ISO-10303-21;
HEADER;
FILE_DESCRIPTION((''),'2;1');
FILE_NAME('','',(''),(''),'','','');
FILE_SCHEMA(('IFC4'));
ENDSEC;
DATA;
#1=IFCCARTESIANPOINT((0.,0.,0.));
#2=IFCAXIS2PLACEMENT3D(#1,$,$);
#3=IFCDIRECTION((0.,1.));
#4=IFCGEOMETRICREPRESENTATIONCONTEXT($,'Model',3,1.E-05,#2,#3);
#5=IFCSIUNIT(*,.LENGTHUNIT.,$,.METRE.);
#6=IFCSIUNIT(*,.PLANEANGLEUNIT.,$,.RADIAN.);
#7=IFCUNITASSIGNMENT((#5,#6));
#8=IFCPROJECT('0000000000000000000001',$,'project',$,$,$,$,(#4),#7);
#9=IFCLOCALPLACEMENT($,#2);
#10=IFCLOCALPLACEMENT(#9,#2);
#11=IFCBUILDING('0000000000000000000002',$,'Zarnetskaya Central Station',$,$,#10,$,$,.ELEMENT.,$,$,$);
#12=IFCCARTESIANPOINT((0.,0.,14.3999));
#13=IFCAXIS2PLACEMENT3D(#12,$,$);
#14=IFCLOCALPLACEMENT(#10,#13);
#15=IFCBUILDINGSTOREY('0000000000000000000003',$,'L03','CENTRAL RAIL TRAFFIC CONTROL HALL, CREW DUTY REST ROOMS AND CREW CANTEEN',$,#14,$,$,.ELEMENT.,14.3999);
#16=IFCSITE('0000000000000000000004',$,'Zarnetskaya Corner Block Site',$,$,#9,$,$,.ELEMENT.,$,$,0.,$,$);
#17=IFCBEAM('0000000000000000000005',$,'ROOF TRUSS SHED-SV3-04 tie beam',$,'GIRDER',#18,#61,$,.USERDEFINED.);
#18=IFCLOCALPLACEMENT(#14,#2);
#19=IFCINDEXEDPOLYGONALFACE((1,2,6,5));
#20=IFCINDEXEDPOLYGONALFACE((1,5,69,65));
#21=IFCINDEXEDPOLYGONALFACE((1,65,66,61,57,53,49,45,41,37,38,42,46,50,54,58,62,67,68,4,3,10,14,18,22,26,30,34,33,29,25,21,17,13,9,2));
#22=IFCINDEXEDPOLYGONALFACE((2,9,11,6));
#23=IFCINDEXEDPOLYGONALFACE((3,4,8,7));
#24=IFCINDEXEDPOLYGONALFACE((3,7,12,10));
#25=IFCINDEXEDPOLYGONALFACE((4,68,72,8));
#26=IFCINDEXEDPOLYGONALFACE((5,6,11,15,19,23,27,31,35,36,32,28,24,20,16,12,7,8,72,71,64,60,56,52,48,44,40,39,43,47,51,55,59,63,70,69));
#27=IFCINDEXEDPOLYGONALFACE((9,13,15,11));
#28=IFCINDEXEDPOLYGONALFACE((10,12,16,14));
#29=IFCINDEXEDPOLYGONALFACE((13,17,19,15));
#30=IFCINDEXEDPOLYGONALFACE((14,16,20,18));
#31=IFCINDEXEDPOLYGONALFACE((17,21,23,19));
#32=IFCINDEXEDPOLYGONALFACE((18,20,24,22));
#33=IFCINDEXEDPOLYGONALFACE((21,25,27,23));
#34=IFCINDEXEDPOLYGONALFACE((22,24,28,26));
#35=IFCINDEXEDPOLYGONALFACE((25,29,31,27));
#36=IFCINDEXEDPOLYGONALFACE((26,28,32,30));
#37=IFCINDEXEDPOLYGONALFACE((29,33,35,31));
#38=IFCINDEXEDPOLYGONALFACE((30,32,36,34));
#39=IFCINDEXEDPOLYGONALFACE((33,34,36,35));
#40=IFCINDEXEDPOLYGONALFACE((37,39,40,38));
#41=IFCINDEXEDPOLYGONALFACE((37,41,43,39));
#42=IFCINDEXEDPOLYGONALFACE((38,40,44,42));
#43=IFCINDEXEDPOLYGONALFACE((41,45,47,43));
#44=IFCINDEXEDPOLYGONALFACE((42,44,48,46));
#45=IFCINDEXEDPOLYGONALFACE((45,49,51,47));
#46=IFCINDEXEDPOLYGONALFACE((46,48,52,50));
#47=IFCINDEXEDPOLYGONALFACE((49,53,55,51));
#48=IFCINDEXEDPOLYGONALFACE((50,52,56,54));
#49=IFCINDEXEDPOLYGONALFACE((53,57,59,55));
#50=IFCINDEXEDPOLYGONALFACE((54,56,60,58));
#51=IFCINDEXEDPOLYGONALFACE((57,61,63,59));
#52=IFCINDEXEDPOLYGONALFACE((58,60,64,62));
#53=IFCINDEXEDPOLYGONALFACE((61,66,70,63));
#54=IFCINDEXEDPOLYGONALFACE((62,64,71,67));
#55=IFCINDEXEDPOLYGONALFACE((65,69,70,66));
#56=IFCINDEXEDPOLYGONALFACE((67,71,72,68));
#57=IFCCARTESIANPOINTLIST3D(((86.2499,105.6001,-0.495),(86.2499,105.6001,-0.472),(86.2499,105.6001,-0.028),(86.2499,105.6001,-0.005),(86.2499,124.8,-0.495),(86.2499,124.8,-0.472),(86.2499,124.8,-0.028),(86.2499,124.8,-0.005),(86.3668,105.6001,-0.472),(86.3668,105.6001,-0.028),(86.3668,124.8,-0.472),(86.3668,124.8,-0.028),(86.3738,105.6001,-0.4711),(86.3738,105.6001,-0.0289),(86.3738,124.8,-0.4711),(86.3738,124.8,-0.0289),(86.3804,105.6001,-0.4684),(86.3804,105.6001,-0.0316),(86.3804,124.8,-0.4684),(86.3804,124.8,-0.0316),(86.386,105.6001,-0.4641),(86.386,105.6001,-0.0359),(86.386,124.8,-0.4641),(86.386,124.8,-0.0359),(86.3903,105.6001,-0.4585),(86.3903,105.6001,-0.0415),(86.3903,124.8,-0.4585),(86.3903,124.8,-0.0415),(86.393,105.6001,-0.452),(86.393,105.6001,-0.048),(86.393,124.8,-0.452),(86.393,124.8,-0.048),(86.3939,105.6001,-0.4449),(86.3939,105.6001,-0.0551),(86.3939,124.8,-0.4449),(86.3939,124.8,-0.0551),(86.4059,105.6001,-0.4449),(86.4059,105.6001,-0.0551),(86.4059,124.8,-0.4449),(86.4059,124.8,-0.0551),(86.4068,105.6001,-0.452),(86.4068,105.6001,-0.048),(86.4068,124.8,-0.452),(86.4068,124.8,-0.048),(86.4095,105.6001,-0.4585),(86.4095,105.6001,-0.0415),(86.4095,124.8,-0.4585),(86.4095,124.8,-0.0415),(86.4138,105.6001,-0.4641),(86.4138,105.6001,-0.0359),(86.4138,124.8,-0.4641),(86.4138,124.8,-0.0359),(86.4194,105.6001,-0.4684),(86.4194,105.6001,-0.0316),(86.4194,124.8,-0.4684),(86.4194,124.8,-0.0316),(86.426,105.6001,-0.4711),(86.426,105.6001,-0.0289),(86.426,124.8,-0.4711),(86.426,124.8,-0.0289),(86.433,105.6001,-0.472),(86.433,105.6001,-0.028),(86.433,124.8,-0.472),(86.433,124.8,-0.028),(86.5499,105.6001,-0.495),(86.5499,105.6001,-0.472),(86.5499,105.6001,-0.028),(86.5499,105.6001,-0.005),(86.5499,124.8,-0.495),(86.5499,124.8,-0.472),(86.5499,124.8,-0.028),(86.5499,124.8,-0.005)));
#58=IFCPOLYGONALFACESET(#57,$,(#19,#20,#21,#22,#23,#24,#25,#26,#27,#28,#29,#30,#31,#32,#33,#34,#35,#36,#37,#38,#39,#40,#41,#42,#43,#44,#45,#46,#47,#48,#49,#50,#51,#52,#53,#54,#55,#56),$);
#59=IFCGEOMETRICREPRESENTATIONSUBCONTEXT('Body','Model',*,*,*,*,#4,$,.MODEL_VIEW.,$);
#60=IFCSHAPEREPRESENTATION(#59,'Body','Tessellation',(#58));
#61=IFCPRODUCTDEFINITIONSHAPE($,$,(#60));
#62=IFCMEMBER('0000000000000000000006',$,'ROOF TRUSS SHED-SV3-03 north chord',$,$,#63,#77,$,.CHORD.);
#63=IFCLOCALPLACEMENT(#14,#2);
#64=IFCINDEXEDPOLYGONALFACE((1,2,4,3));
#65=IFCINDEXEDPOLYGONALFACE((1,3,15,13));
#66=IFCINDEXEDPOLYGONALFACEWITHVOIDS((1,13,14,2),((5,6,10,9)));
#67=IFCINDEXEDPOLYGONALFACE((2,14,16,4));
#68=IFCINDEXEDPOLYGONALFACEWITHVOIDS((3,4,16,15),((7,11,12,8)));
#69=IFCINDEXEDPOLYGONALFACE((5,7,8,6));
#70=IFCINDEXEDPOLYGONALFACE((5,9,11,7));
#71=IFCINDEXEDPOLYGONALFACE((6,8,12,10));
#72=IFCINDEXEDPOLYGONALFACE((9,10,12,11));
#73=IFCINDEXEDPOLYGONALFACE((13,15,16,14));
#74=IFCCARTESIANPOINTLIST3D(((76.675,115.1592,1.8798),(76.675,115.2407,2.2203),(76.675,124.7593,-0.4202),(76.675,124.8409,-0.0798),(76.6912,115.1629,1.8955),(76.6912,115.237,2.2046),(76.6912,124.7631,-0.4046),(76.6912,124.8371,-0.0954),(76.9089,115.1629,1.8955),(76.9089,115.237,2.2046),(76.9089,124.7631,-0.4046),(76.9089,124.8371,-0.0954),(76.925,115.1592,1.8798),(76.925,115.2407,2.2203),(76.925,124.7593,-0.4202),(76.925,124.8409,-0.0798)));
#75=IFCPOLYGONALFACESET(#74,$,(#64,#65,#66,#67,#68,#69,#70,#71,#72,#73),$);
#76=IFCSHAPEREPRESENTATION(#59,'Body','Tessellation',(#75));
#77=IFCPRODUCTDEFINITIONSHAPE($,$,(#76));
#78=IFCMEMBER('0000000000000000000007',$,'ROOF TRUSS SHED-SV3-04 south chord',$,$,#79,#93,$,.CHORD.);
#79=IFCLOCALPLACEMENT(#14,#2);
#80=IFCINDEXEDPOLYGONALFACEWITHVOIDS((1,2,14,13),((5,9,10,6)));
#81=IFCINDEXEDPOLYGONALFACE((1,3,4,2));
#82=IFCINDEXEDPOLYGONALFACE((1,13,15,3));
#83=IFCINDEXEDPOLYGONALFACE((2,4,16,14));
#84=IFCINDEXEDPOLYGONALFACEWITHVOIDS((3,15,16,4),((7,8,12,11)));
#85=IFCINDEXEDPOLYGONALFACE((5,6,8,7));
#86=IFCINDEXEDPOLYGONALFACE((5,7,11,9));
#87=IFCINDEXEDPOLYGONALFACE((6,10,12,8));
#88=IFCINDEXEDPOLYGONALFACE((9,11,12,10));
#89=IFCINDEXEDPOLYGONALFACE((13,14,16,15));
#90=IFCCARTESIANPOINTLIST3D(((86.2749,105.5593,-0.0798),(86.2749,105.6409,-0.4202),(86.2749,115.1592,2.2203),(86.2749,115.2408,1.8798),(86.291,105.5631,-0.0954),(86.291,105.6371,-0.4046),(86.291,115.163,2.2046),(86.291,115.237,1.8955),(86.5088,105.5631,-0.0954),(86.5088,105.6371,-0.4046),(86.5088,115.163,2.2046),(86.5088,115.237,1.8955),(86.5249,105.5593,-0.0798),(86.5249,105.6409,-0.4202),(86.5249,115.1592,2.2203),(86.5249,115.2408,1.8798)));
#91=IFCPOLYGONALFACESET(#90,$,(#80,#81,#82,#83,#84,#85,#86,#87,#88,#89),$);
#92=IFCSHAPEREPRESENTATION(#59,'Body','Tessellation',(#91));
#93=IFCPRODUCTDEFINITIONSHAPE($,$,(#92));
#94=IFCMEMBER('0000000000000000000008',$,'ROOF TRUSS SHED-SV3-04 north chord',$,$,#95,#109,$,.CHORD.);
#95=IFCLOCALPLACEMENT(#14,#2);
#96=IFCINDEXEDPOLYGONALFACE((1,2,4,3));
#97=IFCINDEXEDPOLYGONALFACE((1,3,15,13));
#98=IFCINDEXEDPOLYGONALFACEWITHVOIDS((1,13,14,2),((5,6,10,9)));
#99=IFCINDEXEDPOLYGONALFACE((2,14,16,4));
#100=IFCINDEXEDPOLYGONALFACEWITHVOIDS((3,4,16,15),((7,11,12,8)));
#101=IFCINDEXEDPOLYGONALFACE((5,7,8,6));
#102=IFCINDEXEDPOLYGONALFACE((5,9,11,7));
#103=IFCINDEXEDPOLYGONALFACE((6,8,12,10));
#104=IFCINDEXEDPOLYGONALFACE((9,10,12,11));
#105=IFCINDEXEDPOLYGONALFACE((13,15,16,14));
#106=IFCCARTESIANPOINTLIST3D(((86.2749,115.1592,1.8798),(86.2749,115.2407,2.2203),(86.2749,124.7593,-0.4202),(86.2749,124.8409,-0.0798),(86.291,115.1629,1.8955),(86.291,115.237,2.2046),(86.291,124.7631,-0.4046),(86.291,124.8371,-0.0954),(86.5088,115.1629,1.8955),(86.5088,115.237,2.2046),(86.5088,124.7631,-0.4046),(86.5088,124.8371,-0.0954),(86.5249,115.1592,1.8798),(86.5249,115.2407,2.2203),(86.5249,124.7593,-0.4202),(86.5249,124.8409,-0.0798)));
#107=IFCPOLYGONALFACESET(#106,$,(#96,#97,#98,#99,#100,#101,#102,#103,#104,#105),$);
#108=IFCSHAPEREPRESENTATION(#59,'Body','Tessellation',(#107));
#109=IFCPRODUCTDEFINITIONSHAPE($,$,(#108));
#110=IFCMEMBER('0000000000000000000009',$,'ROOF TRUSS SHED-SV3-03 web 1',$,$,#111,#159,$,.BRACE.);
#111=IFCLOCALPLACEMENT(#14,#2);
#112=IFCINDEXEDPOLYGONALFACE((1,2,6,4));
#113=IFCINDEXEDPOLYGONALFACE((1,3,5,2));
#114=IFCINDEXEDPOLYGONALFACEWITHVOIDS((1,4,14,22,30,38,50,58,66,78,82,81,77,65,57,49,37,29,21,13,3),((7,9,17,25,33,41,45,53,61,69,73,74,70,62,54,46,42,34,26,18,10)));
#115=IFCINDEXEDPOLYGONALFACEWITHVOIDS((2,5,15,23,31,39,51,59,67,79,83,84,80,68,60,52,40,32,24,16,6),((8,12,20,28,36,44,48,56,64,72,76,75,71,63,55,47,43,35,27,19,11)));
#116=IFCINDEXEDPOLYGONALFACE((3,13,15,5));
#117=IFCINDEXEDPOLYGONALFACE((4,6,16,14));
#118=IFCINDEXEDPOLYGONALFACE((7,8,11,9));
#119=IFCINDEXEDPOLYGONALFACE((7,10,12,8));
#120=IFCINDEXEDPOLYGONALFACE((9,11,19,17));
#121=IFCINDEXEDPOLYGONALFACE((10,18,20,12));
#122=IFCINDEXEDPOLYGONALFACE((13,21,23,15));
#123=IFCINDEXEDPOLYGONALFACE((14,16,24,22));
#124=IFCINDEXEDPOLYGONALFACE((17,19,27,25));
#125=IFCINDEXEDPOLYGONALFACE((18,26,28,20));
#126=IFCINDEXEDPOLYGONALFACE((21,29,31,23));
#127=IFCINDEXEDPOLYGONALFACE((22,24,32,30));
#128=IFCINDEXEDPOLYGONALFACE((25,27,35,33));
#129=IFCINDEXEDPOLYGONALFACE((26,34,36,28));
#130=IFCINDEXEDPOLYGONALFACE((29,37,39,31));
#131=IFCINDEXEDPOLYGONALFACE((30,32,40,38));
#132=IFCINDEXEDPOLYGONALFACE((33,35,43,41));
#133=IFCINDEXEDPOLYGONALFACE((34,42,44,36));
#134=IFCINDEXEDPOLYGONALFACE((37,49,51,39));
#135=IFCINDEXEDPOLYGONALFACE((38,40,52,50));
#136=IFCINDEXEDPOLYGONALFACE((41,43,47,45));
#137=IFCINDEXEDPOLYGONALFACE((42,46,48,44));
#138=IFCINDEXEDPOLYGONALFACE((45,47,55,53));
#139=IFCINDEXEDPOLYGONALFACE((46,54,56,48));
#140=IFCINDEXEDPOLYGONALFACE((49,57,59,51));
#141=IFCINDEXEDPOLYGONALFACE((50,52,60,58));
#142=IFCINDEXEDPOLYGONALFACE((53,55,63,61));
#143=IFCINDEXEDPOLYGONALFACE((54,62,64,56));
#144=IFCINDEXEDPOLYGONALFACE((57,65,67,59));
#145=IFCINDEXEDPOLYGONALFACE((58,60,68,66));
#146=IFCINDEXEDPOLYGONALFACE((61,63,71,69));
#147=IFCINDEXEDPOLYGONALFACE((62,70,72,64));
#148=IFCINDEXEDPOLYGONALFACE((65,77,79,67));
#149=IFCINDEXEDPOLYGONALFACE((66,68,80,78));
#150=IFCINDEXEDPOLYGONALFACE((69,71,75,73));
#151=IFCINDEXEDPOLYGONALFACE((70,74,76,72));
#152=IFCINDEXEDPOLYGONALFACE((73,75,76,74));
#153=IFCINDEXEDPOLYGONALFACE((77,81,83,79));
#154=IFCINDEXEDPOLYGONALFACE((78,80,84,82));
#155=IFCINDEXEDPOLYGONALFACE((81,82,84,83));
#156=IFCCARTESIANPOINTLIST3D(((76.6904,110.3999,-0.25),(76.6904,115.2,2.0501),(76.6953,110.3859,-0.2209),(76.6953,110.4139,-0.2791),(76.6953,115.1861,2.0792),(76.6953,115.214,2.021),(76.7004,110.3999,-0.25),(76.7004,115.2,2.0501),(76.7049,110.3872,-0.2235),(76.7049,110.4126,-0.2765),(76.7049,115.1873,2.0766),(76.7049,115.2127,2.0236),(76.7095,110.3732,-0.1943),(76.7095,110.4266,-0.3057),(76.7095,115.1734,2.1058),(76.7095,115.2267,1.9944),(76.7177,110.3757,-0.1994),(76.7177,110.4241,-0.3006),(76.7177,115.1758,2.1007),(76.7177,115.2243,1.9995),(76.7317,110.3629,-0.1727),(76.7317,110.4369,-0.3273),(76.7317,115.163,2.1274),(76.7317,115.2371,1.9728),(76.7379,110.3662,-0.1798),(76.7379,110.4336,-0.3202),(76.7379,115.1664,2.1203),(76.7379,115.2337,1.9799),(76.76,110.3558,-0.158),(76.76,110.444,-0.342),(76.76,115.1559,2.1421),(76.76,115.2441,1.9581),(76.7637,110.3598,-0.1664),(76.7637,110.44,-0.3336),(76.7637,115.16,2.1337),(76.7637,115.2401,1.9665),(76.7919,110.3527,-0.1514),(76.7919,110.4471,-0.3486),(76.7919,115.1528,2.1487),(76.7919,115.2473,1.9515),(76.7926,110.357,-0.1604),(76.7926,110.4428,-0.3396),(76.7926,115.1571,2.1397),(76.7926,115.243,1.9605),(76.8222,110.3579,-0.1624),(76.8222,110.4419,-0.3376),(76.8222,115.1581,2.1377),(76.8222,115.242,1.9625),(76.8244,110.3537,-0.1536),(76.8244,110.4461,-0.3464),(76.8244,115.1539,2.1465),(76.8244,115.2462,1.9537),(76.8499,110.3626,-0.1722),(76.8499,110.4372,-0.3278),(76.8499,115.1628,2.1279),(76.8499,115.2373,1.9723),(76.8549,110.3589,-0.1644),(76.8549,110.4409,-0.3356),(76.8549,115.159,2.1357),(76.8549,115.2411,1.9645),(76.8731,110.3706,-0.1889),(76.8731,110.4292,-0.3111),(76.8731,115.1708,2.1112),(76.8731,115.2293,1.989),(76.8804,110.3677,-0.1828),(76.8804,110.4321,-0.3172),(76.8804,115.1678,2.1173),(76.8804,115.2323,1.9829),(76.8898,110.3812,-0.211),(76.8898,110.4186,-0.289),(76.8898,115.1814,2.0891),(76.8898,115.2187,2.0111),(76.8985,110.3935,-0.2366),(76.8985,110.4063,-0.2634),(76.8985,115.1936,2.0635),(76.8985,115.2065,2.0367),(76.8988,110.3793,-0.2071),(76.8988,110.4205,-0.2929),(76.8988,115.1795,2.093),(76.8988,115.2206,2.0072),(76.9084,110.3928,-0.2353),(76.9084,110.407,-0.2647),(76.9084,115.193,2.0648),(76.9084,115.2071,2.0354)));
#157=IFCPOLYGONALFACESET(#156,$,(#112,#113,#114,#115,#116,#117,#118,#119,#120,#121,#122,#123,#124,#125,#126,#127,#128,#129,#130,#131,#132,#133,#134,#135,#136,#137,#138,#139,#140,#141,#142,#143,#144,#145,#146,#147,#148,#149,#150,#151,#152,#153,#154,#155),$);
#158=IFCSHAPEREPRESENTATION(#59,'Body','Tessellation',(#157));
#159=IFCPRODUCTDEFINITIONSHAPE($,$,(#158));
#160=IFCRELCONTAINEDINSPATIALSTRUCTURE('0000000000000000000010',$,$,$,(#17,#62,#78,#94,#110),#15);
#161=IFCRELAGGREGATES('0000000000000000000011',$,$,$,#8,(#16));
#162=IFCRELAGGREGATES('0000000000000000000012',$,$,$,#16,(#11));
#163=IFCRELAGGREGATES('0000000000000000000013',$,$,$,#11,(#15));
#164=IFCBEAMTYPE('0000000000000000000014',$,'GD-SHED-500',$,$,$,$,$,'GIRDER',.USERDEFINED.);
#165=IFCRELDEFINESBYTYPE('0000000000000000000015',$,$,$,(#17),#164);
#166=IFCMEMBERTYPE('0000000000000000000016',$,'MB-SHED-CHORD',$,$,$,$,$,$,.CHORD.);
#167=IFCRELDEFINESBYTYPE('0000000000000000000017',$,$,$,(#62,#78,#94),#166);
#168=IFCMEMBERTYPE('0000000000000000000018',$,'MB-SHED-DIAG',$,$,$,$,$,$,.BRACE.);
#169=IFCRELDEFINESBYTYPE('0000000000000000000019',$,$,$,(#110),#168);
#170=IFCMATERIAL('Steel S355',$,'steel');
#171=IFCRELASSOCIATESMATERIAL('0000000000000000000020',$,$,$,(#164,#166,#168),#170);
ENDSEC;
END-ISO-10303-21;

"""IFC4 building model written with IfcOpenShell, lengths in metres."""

from ifc_helpers import new_model, si_unit, direction, frame, origin, origin_2d, place, context, subcontext, project, spatial, hollow_rectangle, hollow_circle, i_section, extrude, material, material_profile, profile_set, type_object, element, save


model = new_model("IFC4")

# Units and contexts
model_context = context("Model", 3, precision=1e-05, world=origin(), true_north=direction((0.0, 1.0)))
body_context = subcontext(model_context, "Body", "Model", "MODEL_VIEW")
ifc_project = project(units=[si_unit("LENGTHUNIT", "METRE"), si_unit("PLANEANGLEUNIT", "RADIAN")], contexts=[model_context])

# Site, building, storey
site_placement = place(None, origin())
site = spatial("IfcSite", under=ifc_project, at=site_placement, Name="Zarnetskaya Corner Block Site", CompositionType="ELEMENT", RefElevation=0.0)
building_placement = place(site_placement, origin())
building = spatial("IfcBuilding", under=site, at=building_placement, Name="Zarnetskaya Central Station", CompositionType="ELEMENT")
storey_placement = place(building_placement, frame((0.0, 0.0, 14.3999)))
storey = spatial("IfcBuildingStorey", under=building, at=storey_placement, Name="L03", Description="CENTRAL RAIL TRAFFIC CONTROL HALL, CREW DUTY REST ROOMS AND CREW CANTEEN", CompositionType="ELEMENT", Elevation=14.3999)

# Beam
ifc_material_1 = material(Name="Steel S355", Category="steel")
ifc_material_profile_1 = material_profile(ifc_material_1, i_section(OverallWidth=0.3, OverallDepth=0.49, WebThickness=0.012, FlangeThickness=0.0229, FilletRadius=0.0271, at=origin_2d()), Name="HEA 500")
ifc_profile_set_1 = profile_set([ifc_material_profile_1], Name="Steel S355")
beam_type = type_object("IfcBeamType", Name="GD-SHED-500", ElementType="GIRDER", PredefinedType="USERDEFINED", material=ifc_profile_set_1)
beam_placement = place(storey_placement, frame((86.3999, 105.6001, -0.25), z_axis=(0.0, 1.0, 0.0), x_axis=(-1.0, 0.0, 0.0)))
element("IfcBeam", 1, at=beam_placement, inside=storey, type_object=beam_type, Name="ROOF TRUSS SHED-SV3-04 tie beam", ObjectType="GIRDER", PredefinedType="USERDEFINED", context=body_context, shape_type="SweptSolid", body=[
    extrude(i_section(OverallWidth=0.3, OverallDepth=0.49, WebThickness=0.012, FlangeThickness=0.0229, FilletRadius=0.0271, at=origin_2d()), origin(), (0.0, 0.0, 1.0), 19.2),
])

# Members
ifc_material_profile_2 = material_profile(ifc_material_1, hollow_rectangle(XDim=0.25, YDim=0.3501, WallThickness=0.0161, at=origin_2d()), Name="RHS 350x250x16")
ifc_profile_set_2 = profile_set([ifc_material_profile_2], Name="Steel S355")
member_type_1 = type_object("IfcMemberType", Name="MB-SHED-CHORD", PredefinedType="CHORD", material=ifc_profile_set_2)
member_1_placement = place(storey_placement, frame((76.8, 115.2, 2.05), z_axis=(0.0, 0.972479, -0.232992), x_axis=(-1.0, 0.0, 0.0)))
element("IfcMember", 2, at=member_1_placement, inside=storey, type_object=member_type_1, Name="ROOF TRUSS SHED-SV3-03 north chord", PredefinedType="CHORD", context=body_context, shape_type="SweptSolid", body=[
    extrude(hollow_rectangle(XDim=0.25, YDim=0.3501, WallThickness=0.0161, at=origin_2d()), origin(), (0.0, 0.0, 1.0), 9.8718),
])
member_2_placement = place(storey_placement, frame((86.3999, 105.6001, -0.25), z_axis=(0.0, 0.972477, 0.232998), x_axis=(-1.0, 0.0, 0.0)))
element("IfcMember", 3, at=member_2_placement, inside=storey, type_object=member_type_1, Name="ROOF TRUSS SHED-SV3-04 south chord", PredefinedType="CHORD", context=body_context, shape_type="SweptSolid", body=[
    extrude(hollow_rectangle(XDim=0.25, YDim=0.3501, WallThickness=0.0161, at=origin_2d()), origin(), (0.0, 0.0, 1.0), 9.8716),
])
member_3_placement = place(storey_placement, frame((86.3999, 115.2, 2.05), z_axis=(0.0, 0.972479, -0.232992), x_axis=(-1.0, 0.0, 0.0)))
element("IfcMember", 4, at=member_3_placement, inside=storey, type_object=member_type_1, Name="ROOF TRUSS SHED-SV3-04 north chord", PredefinedType="CHORD", context=body_context, shape_type="SweptSolid", body=[
    extrude(hollow_rectangle(XDim=0.25, YDim=0.3501, WallThickness=0.0161, at=origin_2d()), origin(), (0.0, 0.0, 1.0), 9.8718),
])
ifc_material_profile_3 = material_profile(ifc_material_1, hollow_circle(Radius=0.1096, WallThickness=0.01, at=origin_2d()), Name="CHS 219.1x10")
ifc_profile_set_3 = profile_set([ifc_material_profile_3], Name="Steel S355")
member_type_2 = type_object("IfcMemberType", Name="MB-SHED-DIAG", PredefinedType="BRACE", material=ifc_profile_set_3)
for number, where, z_axis, x_axis, name in (
    (5, (76.8, 110.3999, -0.25), (0.0, 0.901814, 0.432124), (-1.0, 0.0, 0.0), "ROOF TRUSS SHED-SV3-03 web 1"),
):
    element("IfcMember", number, at=place(storey_placement, frame(where, z_axis=z_axis, x_axis=x_axis)), inside=storey, type_object=member_type_2, Name=name, PredefinedType="BRACE", context=body_context, shape_type="SweptSolid", body=[
        extrude(hollow_circle(Radius=0.1096, WallThickness=0.01, at=origin_2d()), origin(), (0.0, 0.0, 1.0), 5.3228),
    ])

save(model, "model.ifc")
